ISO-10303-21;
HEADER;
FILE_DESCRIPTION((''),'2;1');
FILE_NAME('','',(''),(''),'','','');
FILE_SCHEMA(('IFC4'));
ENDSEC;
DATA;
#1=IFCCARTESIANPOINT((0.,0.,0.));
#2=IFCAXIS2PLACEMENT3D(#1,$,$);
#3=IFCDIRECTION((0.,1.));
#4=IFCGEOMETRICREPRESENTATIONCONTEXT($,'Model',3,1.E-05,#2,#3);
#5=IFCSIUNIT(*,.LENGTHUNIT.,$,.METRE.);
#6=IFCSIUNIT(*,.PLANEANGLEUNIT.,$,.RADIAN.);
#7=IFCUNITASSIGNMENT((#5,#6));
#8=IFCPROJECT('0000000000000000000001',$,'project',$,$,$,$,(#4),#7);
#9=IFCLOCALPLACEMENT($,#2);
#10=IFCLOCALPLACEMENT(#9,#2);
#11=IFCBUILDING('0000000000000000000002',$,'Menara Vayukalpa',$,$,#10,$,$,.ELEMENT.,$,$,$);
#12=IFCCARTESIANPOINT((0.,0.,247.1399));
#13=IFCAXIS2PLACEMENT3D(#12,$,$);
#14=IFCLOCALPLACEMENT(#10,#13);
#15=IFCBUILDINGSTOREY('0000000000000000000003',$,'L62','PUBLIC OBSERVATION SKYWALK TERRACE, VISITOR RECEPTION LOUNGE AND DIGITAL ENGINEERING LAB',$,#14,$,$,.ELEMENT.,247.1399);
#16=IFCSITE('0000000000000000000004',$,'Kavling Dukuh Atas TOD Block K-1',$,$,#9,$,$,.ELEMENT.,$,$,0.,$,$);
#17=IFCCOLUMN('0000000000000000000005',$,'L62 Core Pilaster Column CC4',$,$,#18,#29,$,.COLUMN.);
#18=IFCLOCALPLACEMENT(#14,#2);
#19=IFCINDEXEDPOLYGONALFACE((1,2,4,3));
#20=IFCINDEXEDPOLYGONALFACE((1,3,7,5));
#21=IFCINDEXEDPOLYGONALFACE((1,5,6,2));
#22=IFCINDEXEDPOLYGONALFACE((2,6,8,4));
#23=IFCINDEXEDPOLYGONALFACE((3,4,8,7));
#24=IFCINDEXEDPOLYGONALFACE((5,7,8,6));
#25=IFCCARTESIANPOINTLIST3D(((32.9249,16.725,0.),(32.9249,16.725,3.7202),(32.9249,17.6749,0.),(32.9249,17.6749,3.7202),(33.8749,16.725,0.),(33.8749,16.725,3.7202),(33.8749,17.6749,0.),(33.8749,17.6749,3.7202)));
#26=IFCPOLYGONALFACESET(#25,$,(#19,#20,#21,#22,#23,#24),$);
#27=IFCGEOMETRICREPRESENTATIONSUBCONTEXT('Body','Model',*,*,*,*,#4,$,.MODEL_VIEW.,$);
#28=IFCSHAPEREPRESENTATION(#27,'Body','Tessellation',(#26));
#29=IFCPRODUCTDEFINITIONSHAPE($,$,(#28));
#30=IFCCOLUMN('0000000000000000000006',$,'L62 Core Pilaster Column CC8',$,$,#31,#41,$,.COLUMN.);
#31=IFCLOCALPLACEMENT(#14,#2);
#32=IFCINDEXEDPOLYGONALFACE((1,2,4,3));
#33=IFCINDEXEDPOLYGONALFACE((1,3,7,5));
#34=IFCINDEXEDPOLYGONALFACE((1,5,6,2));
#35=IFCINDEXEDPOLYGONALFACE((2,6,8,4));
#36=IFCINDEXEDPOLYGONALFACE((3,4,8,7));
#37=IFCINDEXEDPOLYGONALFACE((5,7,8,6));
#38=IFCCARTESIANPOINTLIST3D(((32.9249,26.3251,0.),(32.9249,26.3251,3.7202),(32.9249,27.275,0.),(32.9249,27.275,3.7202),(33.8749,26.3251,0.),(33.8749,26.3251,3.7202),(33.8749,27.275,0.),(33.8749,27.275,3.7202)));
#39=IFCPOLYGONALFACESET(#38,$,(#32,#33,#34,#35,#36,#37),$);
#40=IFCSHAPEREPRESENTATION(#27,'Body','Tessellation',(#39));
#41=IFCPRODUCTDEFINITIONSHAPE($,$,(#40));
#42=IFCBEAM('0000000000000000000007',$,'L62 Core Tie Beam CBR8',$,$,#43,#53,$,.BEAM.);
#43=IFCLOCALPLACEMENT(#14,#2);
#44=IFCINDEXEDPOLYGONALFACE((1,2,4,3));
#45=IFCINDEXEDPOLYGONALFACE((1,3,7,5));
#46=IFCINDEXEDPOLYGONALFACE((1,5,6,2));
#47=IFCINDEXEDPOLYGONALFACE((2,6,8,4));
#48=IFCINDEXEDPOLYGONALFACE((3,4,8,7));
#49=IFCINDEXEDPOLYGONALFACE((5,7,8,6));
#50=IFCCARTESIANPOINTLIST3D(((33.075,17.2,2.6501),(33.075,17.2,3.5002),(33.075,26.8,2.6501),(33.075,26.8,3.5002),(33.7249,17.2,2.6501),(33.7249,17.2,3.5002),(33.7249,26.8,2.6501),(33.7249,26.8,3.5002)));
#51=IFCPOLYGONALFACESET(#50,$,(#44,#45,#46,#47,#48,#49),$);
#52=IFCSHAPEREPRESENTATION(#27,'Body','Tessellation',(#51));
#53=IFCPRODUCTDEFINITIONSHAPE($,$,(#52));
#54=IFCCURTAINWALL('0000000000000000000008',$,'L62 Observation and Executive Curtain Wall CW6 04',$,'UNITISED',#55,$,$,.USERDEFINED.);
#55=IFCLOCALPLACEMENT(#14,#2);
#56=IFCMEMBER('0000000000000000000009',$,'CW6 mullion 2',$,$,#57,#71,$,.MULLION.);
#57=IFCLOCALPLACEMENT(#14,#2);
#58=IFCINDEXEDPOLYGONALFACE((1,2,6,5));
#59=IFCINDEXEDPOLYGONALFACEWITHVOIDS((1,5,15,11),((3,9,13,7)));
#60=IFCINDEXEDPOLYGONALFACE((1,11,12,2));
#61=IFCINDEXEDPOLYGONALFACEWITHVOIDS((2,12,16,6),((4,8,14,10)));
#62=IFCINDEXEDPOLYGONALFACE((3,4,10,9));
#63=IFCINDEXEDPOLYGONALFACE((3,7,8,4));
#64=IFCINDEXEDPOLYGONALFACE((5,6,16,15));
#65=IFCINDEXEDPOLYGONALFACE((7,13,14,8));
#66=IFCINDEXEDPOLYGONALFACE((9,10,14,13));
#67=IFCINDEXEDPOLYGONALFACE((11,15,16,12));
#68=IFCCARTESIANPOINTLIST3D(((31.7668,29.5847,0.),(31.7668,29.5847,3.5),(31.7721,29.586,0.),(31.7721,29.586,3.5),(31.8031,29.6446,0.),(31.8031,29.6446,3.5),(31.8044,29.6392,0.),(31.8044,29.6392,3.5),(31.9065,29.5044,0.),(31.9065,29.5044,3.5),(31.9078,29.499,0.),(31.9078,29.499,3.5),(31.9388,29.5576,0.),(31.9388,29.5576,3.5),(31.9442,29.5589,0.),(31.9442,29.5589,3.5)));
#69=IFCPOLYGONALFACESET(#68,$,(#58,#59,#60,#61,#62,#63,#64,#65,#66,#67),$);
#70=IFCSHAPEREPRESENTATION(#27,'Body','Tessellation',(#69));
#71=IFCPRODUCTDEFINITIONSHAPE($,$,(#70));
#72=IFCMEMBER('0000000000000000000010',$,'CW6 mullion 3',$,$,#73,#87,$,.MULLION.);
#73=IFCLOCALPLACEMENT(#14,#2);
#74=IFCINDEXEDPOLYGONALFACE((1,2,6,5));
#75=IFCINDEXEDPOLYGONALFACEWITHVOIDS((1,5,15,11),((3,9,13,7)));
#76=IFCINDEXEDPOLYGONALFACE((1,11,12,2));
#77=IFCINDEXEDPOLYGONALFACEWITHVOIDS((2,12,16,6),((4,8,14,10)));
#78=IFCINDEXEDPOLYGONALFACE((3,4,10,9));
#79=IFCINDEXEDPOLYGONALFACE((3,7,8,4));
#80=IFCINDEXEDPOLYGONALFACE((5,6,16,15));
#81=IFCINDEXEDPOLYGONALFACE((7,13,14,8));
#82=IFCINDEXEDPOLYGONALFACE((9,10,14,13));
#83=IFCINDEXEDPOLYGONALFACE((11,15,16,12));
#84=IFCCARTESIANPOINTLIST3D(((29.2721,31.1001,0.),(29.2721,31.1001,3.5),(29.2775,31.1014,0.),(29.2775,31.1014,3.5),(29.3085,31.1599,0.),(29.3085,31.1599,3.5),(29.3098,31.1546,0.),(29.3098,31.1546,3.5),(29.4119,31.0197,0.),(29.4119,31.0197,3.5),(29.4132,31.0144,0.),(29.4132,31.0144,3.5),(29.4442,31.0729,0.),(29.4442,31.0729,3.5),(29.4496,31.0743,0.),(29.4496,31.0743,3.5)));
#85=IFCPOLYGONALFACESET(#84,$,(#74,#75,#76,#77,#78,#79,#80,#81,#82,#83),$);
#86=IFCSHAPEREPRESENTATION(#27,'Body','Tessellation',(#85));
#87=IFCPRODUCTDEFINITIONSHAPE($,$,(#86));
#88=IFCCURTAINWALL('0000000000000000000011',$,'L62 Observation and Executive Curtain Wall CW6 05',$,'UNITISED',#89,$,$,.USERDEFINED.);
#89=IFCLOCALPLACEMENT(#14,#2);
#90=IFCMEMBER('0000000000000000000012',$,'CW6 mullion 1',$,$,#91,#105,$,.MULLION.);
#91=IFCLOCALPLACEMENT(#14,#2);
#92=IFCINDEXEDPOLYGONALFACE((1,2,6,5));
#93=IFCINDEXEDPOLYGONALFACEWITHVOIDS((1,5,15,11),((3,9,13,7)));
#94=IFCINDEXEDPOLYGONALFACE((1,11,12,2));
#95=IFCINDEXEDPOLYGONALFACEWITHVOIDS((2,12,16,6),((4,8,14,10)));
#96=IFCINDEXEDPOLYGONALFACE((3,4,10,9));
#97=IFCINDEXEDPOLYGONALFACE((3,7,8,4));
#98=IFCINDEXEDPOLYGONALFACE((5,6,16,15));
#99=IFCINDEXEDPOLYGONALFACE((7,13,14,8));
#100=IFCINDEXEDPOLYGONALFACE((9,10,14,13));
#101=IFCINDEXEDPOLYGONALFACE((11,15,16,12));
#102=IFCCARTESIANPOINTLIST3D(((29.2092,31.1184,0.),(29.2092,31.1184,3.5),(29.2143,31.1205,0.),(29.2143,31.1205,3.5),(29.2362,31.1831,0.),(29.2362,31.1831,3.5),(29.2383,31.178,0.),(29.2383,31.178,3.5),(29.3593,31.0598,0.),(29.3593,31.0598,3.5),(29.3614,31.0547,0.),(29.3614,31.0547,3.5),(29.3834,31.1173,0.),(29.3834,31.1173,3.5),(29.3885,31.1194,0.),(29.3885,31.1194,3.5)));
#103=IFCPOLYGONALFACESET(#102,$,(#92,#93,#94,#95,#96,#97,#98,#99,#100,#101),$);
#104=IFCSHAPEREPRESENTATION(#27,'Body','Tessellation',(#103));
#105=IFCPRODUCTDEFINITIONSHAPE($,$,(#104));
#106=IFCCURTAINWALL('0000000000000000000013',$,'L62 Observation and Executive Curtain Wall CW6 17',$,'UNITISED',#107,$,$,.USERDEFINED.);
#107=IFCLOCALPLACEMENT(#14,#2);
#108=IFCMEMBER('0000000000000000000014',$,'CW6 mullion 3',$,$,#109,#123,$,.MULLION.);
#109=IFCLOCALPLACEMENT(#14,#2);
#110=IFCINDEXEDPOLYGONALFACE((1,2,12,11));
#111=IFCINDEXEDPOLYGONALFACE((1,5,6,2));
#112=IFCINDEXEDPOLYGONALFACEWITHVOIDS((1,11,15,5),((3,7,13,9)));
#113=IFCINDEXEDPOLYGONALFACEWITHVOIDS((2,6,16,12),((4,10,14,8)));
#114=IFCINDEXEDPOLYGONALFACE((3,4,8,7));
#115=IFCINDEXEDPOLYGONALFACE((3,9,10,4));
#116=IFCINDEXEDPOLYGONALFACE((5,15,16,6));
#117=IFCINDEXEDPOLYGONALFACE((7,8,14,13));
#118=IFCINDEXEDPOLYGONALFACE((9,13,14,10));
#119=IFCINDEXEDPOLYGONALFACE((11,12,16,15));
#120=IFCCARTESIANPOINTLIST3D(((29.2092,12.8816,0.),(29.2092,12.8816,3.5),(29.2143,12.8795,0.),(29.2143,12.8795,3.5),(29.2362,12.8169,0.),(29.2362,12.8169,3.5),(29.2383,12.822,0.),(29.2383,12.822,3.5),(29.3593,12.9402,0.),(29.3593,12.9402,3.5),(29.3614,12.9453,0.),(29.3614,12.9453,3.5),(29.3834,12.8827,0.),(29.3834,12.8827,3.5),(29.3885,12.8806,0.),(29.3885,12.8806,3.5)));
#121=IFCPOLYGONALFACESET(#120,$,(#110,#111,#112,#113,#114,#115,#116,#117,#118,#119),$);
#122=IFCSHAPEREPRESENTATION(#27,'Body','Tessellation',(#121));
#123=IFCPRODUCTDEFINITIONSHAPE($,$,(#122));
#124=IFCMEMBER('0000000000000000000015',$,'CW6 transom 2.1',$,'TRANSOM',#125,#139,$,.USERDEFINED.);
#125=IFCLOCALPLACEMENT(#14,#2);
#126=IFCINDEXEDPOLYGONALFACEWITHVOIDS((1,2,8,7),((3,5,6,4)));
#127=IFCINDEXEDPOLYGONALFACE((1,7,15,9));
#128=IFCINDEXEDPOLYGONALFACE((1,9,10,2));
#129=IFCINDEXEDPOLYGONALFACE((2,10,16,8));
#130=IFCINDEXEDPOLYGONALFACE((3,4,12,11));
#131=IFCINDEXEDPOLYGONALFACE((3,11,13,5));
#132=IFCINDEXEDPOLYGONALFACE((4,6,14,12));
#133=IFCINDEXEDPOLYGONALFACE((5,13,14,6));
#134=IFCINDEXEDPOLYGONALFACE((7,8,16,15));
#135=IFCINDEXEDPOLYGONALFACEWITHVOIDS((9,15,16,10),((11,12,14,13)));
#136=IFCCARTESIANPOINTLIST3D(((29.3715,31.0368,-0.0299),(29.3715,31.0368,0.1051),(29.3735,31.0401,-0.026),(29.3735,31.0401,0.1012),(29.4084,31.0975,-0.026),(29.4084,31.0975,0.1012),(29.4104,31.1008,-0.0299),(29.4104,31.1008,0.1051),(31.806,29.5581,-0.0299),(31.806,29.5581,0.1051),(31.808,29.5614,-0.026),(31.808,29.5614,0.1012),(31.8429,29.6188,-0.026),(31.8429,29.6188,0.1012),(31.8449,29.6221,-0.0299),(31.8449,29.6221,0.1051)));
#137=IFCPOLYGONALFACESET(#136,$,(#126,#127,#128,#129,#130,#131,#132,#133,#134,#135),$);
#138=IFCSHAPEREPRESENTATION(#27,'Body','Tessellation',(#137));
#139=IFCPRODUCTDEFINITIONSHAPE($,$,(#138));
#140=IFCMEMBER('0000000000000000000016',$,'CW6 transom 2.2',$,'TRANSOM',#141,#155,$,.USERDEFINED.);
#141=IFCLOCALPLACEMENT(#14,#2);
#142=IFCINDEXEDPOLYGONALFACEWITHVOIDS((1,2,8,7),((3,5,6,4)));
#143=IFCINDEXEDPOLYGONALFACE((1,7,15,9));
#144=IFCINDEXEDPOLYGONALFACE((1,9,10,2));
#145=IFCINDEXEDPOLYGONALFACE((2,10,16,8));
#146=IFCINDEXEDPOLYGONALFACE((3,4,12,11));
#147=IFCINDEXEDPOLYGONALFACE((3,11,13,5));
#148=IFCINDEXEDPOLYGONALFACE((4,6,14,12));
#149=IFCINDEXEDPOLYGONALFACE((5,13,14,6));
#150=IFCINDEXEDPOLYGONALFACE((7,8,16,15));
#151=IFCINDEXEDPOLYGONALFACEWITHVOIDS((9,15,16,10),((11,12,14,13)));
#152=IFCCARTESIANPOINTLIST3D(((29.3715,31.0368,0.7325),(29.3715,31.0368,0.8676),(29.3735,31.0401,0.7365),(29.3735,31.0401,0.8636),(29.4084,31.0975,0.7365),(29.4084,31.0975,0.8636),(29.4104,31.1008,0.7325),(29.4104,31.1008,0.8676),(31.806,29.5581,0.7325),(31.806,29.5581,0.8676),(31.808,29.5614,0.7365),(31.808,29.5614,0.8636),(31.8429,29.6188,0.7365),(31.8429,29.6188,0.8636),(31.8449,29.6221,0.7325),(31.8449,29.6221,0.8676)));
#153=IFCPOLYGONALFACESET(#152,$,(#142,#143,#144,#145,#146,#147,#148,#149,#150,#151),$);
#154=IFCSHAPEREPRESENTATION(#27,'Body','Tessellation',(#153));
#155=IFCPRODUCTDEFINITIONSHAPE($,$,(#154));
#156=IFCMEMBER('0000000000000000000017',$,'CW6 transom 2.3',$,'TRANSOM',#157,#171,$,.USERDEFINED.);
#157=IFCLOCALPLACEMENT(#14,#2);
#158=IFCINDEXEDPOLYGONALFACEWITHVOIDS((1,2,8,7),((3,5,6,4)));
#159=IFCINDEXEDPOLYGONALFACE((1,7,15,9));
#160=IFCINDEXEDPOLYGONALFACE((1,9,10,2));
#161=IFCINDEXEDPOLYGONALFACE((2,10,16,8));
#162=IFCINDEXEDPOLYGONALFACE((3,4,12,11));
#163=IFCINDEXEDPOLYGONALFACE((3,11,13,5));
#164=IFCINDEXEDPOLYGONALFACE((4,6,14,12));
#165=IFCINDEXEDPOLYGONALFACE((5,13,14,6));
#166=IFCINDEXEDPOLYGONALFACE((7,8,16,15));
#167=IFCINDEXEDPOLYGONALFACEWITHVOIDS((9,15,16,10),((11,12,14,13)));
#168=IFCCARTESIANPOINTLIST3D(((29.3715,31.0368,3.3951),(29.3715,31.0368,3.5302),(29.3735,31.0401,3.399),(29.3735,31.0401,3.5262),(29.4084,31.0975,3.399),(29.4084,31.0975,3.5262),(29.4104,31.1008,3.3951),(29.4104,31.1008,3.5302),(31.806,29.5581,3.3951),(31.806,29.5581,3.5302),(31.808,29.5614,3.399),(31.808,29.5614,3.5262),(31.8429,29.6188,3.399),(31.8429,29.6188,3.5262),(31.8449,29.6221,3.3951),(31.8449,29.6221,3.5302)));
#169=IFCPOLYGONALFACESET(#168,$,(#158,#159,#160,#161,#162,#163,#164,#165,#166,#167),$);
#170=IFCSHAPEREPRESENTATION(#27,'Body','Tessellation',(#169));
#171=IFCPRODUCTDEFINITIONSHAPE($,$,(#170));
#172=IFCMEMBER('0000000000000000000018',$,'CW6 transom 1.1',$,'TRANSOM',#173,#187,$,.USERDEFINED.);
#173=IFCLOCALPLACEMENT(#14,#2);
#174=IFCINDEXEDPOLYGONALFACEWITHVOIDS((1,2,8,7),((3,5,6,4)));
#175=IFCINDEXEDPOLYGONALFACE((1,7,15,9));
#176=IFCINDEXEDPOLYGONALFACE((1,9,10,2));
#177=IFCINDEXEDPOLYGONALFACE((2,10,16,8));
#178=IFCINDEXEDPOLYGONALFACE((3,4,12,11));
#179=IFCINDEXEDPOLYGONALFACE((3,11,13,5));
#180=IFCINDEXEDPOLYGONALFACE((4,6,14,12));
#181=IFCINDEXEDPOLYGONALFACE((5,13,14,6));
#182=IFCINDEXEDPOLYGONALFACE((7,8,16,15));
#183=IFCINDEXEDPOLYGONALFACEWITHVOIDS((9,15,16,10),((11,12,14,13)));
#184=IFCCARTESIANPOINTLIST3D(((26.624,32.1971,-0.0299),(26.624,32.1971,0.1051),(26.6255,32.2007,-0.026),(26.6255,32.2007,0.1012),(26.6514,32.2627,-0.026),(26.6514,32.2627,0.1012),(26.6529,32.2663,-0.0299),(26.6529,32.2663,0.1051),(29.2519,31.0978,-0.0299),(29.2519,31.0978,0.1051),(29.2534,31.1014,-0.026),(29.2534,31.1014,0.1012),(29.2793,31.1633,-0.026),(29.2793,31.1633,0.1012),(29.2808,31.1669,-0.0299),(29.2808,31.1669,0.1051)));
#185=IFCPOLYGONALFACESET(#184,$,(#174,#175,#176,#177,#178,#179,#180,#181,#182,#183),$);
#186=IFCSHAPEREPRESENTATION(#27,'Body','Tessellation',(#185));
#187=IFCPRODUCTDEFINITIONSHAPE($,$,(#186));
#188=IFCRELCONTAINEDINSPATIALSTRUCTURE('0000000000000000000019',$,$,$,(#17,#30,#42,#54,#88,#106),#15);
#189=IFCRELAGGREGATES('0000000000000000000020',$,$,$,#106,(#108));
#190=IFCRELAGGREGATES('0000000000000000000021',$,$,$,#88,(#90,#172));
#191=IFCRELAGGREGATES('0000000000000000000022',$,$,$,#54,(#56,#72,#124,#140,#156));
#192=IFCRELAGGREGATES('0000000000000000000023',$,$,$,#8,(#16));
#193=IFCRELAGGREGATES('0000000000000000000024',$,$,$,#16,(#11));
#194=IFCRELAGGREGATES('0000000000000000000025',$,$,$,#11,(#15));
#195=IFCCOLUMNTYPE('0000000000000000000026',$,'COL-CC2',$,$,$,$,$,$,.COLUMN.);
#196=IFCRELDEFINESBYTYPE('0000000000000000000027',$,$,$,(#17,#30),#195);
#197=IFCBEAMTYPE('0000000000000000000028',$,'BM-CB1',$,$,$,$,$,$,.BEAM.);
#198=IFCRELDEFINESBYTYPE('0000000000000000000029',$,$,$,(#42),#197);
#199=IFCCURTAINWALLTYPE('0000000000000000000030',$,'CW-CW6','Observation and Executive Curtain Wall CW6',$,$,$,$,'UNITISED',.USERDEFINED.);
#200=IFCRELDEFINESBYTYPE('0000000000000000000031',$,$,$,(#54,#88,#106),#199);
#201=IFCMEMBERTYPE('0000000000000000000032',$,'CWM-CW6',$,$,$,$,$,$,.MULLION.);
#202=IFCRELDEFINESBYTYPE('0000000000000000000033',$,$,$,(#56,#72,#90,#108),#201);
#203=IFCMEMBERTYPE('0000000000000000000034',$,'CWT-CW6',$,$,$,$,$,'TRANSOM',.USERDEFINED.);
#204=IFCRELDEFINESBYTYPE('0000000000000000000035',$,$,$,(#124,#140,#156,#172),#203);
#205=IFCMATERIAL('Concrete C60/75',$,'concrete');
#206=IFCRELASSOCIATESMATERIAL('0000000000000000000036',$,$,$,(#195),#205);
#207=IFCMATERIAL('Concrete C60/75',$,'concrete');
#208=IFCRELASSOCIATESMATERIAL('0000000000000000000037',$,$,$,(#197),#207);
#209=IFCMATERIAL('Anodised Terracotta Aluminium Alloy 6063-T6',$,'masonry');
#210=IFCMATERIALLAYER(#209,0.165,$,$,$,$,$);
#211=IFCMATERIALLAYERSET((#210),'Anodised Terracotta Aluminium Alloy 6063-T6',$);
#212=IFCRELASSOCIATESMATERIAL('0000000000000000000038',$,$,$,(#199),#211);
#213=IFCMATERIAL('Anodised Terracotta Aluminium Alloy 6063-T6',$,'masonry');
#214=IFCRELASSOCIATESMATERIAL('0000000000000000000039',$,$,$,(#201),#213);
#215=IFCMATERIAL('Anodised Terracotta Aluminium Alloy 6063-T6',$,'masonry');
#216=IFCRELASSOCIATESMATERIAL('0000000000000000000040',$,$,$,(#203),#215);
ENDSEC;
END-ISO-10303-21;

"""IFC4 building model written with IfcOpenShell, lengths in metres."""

from ifc_helpers import new_model, si_unit, direction, frame, origin, origin_2d, place, context, subcontext, project, spatial, rectangle, hollow_rectangle, extrude, material, layer, layer_set, material_profile, profile_set, type_object, element, aggregate, save


model = new_model("IFC4")

# Units and contexts
model_context = context("Model", 3, precision=1e-05, world=origin(), true_north=direction((0.0, 1.0)))
body_context = subcontext(model_context, "Body", "Model", "MODEL_VIEW")
ifc_project = project(units=[si_unit("LENGTHUNIT", "METRE"), si_unit("PLANEANGLEUNIT", "RADIAN")], contexts=[model_context])

# Site, building, storey
site_placement = place(None, origin())
site = spatial("IfcSite", under=ifc_project, at=site_placement, Name="Kavling Dukuh Atas TOD Block K-1", CompositionType="ELEMENT", RefElevation=0.0)
building_placement = place(site_placement, origin())
building = spatial("IfcBuilding", under=site, at=building_placement, Name="Menara Vayukalpa", CompositionType="ELEMENT")
storey_placement = place(building_placement, frame((0.0, 0.0, 247.1399)))
storey = spatial("IfcBuildingStorey", under=building, at=storey_placement, Name="L62", Description="PUBLIC OBSERVATION SKYWALK TERRACE, VISITOR RECEPTION LOUNGE AND DIGITAL ENGINEERING LAB", CompositionType="ELEMENT", Elevation=247.1399)

# Columns
ifc_material_1 = material(Name="Concrete C60/75", Category="concrete")
ifc_material_profile_1 = material_profile(ifc_material_1, rectangle(XDim=0.95, YDim=0.95, at=origin_2d()), Name="RC 950x950")
ifc_profile_set_1 = profile_set([ifc_material_profile_1], Name="Concrete C60/75")
column_type = type_object("IfcColumnType", Name="COL-CC2", PredefinedType="COLUMN", material=ifc_profile_set_1)
for number, where, z_axis, x_axis, name in (
    (1, (33.3999, 17.2, 0.0), (0.0, 0.0, 1.0), (1.0, 0.0, 0.0), "L62 Core Pilaster Column CC4"),
    (2, (33.3999, 26.8, 0.0), (0.0, 0.0, 1.0), (1.0, 0.0, 0.0), "L62 Core Pilaster Column CC8"),
):
    element("IfcColumn", number, at=place(storey_placement, frame(where, z_axis=z_axis, x_axis=x_axis)), inside=storey, type_object=column_type, Name=name, PredefinedType="COLUMN", context=body_context, shape_type="SweptSolid", body=[
        extrude(rectangle(XDim=0.95, YDim=0.95, at=origin_2d()), origin(), (0.0, 0.0, 1.0), 3.7202),
    ])

# Beam
ifc_material_2 = material(Name="Concrete C60/75", Category="concrete")
ifc_material_profile_2 = material_profile(ifc_material_2, rectangle(XDim=0.6499, YDim=0.8501, at=origin_2d()), Name="RC 650x850")
ifc_profile_set_2 = profile_set([ifc_material_profile_2], Name="Concrete C60/75")
beam_type = type_object("IfcBeamType", Name="BM-CB1", PredefinedType="BEAM", material=ifc_profile_set_2)
beam_placement = place(storey_placement, frame((33.3999, 17.2, 3.0752), z_axis=(0.0, 1.0, 0.0), x_axis=(-1.0, 0.0, 0.0)))
element("IfcBeam", 3, at=beam_placement, inside=storey, type_object=beam_type, Name="L62 Core Tie Beam CBR8", PredefinedType="BEAM", context=body_context, shape_type="SweptSolid", body=[
    extrude(rectangle(XDim=0.6499, YDim=0.8501, at=origin_2d()), origin(), (0.0, 0.0, 1.0), 9.6001),
])

# Curtain wall, members
ifc_material_3 = material(Name="Anodised Terracotta Aluminium Alloy 6063-T6", Category="masonry")
ifc_layer_1 = layer(ifc_material_3, 0.165)
ifc_layer_set_1 = layer_set([ifc_layer_1], Name="Anodised Terracotta Aluminium Alloy 6063-T6")
curtain_wall_type = type_object("IfcCurtainWallType", Name="CW-CW6", Description="Observation and Executive Curtain Wall CW6", ElementType="UNITISED", PredefinedType="USERDEFINED", material=ifc_layer_set_1)
curtain_wall_1_placement = place(storey_placement, origin())
curtain_wall_1 = element("IfcCurtainWall", 4, at=curtain_wall_1_placement, inside=storey, type_object=curtain_wall_type, Name="L62 Observation and Executive Curtain Wall CW6 04", ObjectType="UNITISED", PredefinedType="USERDEFINED")
ifc_material_4 = material(Name="Anodised Terracotta Aluminium Alloy 6063-T6", Category="masonry")
ifc_material_profile_3 = material_profile(ifc_material_4, hollow_rectangle(XDim=0.0701, YDim=0.165, WallThickness=0.0039, at=origin_2d()), Name="ALU 70x165x4")
ifc_profile_set_3 = profile_set([ifc_material_profile_3], Name="Anodised Terracotta Aluminium Alloy 6063-T6")
member_type_1 = type_object("IfcMemberType", Name="CWM-CW6", PredefinedType="MULLION", material=ifc_profile_set_3)
member_1_placement = place(storey_placement, frame((31.8555, 29.5718, 0.0), z_axis=(0.0, 0.0, 1.0), x_axis=(-0.519176, -0.854668, 0.0)))
member_1 = element("IfcMember", 5, at=member_1_placement, type_object=member_type_1, Name="CW6 mullion 2", PredefinedType="MULLION", context=body_context, shape_type="SweptSolid", body=[
    extrude(hollow_rectangle(XDim=0.0701, YDim=0.165, WallThickness=0.0039, at=origin_2d()), origin(), (0.0, 0.0, 1.0), 3.5),
])
member_2_placement = place(storey_placement, frame((29.3608, 31.0872, 0.0), z_axis=(0.0, 0.0, 1.0), x_axis=(-0.519176, -0.854668, 0.0)))
member_2 = element("IfcMember", 6, at=member_2_placement, type_object=member_type_1, Name="CW6 mullion 3", PredefinedType="MULLION", context=body_context, shape_type="SweptSolid", body=[
    extrude(hollow_rectangle(XDim=0.0701, YDim=0.165, WallThickness=0.0039, at=origin_2d()), origin(), (0.0, 0.0, 1.0), 3.5),
])

# Curtain walls, members
curtain_wall_2_placement = place(storey_placement, origin())
curtain_wall_2 = element("IfcCurtainWall", 7, at=curtain_wall_2_placement, inside=storey, type_object=curtain_wall_type, Name="L62 Observation and Executive Curtain Wall CW6 05", ObjectType="UNITISED", PredefinedType="USERDEFINED")
member_3_placement = place(storey_placement, frame((29.2988, 31.1189, 0.0), z_axis=(0.0, 0.0, 1.0), x_axis=(-0.3859, -0.922541, 0.0)))
member_3 = element("IfcMember", 8, at=member_3_placement, type_object=member_type_1, Name="CW6 mullion 1", PredefinedType="MULLION", context=body_context, shape_type="SweptSolid", body=[
    extrude(hollow_rectangle(XDim=0.0701, YDim=0.165, WallThickness=0.0039, at=origin_2d()), origin(), (0.0, 0.0, 1.0), 3.5),
])
curtain_wall_3_placement = place(storey_placement, origin())
curtain_wall_3 = element("IfcCurtainWall", 9, at=curtain_wall_3_placement, inside=storey, type_object=curtain_wall_type, Name="L62 Observation and Executive Curtain Wall CW6 17", ObjectType="UNITISED", PredefinedType="USERDEFINED")
member_4_placement = place(storey_placement, frame((29.2988, 12.8811, 0.0), z_axis=(0.0, 0.0, 1.0), x_axis=(-0.3859, 0.922541, 0.0)))
member_4 = element("IfcMember", 10, at=member_4_placement, type_object=member_type_1, Name="CW6 mullion 3", PredefinedType="MULLION", context=body_context, shape_type="SweptSolid", body=[
    extrude(hollow_rectangle(XDim=0.0701, YDim=0.165, WallThickness=0.0039, at=origin_2d()), origin(), (0.0, 0.0, 1.0), 3.5),
])
aggregate(curtain_wall_3, [member_4])

# Members
ifc_material_5 = material(Name="Anodised Terracotta Aluminium Alloy 6063-T6", Category="masonry")
ifc_material_profile_4 = material_profile(ifc_material_5, hollow_rectangle(XDim=0.075, YDim=0.135, WallThickness=0.0039, at=origin_2d()), Name="ALU 75x135x4")
ifc_profile_set_4 = profile_set([ifc_material_profile_4], Name="Anodised Terracotta Aluminium Alloy 6063-T6")
member_type_2 = type_object("IfcMemberType", Name="CWT-CW6", ElementType="TRANSOM", PredefinedType="USERDEFINED", material=ifc_profile_set_4)
member_5_placement = place(storey_placement, frame((31.8254, 29.5901, 0.0376), z_axis=(-0.85469, 0.519139, 0.0), x_axis=(-0.519139, -0.85469, 0.0)))
member_5 = element("IfcMember", 11, at=member_5_placement, type_object=member_type_2, Name="CW6 transom 2.1", ObjectType="TRANSOM", PredefinedType="USERDEFINED", context=body_context, shape_type="SweptSolid", body=[
    extrude(hollow_rectangle(XDim=0.075, YDim=0.135, WallThickness=0.0039, at=origin_2d()), origin(), (0.0, 0.0, 1.0), 2.8484),
])
member_6_placement = place(storey_placement, frame((31.8254, 29.5901, 0.8), z_axis=(-0.85469, 0.519139, 0.0), x_axis=(-0.519139, -0.85469, 0.0)))
member_6 = element("IfcMember", 12, at=member_6_placement, type_object=member_type_2, Name="CW6 transom 2.2", ObjectType="TRANSOM", PredefinedType="USERDEFINED", context=body_context, shape_type="SweptSolid", body=[
    extrude(hollow_rectangle(XDim=0.075, YDim=0.135, WallThickness=0.0039, at=origin_2d()), origin(), (0.0, 0.0, 1.0), 2.8484),
])
member_7_placement = place(storey_placement, frame((31.8254, 29.5901, 3.4626), z_axis=(-0.85469, 0.519139, 0.0), x_axis=(-0.519139, -0.85469, 0.0)))
member_7 = element("IfcMember", 13, at=member_7_placement, type_object=member_type_2, Name="CW6 transom 2.3", ObjectType="TRANSOM", PredefinedType="USERDEFINED", context=body_context, shape_type="SweptSolid", body=[
    extrude(hollow_rectangle(XDim=0.075, YDim=0.135, WallThickness=0.0039, at=origin_2d()), origin(), (0.0, 0.0, 1.0), 2.8484),
])
member_8_placement = place(storey_placement, frame((29.2664, 31.1323, 0.0376), z_axis=(-0.922528, 0.385929, 0.0), x_axis=(-0.385929, -0.922528, 0.0)))
member_8 = element("IfcMember", 14, at=member_8_placement, type_object=member_type_2, Name="CW6 transom 1.1", ObjectType="TRANSOM", PredefinedType="USERDEFINED", context=body_context, shape_type="SweptSolid", body=[
    extrude(hollow_rectangle(XDim=0.075, YDim=0.135, WallThickness=0.0039, at=origin_2d()), origin(), (0.0, 0.0, 1.0), 2.8486),
])
aggregate(curtain_wall_2, [member_3, member_8])

aggregate(curtain_wall_1, [member_1, member_2, member_5, member_6, member_7])

save(model, "model.ifc")
